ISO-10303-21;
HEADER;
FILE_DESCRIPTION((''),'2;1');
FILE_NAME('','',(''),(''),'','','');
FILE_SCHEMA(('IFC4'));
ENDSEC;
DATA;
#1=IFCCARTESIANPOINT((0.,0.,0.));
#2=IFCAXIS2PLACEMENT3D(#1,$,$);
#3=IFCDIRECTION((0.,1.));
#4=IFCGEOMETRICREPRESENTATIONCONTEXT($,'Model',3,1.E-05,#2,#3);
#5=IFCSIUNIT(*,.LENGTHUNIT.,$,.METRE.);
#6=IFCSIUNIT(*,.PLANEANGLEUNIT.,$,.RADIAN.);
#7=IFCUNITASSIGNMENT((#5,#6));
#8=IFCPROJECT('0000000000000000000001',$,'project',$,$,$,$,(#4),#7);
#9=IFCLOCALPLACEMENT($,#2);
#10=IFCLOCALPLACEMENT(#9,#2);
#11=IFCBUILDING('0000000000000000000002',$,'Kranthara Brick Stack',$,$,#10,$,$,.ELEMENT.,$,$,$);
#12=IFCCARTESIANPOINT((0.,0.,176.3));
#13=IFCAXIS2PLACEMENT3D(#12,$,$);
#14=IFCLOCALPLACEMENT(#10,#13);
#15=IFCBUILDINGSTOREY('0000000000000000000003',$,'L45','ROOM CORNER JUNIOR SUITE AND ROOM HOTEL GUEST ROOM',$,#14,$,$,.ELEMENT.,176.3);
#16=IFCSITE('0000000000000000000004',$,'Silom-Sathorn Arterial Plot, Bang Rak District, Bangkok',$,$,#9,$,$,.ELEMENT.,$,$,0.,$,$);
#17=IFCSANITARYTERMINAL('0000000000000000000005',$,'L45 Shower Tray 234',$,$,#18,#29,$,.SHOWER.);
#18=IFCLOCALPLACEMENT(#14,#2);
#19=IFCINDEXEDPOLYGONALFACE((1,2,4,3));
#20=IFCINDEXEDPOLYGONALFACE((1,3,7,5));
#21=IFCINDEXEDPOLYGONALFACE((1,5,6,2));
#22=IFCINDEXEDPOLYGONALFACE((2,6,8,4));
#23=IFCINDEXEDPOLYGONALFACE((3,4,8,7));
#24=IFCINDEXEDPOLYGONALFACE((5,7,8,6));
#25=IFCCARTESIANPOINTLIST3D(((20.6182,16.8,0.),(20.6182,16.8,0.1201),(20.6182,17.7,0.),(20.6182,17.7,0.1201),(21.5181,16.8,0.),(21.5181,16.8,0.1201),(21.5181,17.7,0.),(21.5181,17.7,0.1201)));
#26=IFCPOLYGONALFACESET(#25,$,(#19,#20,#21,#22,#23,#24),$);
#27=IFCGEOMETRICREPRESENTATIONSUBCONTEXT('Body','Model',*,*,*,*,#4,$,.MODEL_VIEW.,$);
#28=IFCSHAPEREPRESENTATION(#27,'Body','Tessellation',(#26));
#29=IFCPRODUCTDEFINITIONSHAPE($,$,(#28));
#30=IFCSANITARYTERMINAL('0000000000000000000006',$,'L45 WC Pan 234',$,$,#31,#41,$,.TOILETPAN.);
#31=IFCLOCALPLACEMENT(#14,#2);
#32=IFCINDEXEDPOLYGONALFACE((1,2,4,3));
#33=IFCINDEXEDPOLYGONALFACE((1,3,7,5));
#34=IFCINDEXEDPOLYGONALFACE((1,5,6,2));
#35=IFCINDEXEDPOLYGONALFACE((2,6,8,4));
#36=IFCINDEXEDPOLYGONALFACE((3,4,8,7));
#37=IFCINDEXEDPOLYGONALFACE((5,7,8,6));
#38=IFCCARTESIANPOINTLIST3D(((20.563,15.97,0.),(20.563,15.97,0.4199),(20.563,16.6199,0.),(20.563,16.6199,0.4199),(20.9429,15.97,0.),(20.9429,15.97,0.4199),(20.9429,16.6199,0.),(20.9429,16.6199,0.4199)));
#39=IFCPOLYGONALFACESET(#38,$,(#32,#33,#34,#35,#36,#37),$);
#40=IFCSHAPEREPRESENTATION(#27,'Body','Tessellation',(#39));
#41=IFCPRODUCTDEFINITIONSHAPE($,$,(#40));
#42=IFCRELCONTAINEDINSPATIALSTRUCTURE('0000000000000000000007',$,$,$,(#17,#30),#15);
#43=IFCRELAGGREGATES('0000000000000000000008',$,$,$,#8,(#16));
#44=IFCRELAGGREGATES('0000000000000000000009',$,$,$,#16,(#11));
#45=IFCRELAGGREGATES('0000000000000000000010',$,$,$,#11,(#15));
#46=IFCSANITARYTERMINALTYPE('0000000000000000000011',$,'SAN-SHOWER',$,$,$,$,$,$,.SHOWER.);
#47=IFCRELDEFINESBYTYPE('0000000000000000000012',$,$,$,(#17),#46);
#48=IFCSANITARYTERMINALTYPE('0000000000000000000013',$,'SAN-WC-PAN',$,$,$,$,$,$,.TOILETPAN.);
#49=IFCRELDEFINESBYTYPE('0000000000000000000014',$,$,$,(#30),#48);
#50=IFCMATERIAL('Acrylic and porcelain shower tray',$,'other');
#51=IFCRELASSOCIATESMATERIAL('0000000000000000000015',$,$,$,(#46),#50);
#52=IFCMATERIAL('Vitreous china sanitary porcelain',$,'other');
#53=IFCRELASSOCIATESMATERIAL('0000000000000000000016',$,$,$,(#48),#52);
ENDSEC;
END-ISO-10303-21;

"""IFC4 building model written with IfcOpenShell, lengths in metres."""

from ifc_helpers import new_model, si_unit, direction, frame, origin, origin_2d, place, context, subcontext, project, spatial, rectangle, extrude, material, type_object, element, save


model = new_model("IFC4")

# Units and contexts
model_context = context("Model", 3, precision=1e-05, world=origin(), true_north=direction((0.0, 1.0)))
body_context = subcontext(model_context, "Body", "Model", "MODEL_VIEW")
ifc_project = project(units=[si_unit("LENGTHUNIT", "METRE"), si_unit("PLANEANGLEUNIT", "RADIAN")], contexts=[model_context])

# Site, building, storey
site_placement = place(None, origin())
site = spatial("IfcSite", under=ifc_project, at=site_placement, Name="Silom-Sathorn Arterial Plot, Bang Rak District, Bangkok", CompositionType="ELEMENT", RefElevation=0.0)
building_placement = place(site_placement, origin())
building = spatial("IfcBuilding", under=site, at=building_placement, Name="Kranthara Brick Stack", CompositionType="ELEMENT")
storey_placement = place(building_placement, frame((0.0, 0.0, 176.3)))
storey = spatial("IfcBuildingStorey", under=building, at=storey_placement, Name="L45", Description="ROOM CORNER JUNIOR SUITE AND ROOM HOTEL GUEST ROOM", CompositionType="ELEMENT", Elevation=176.3)

# Sanitary terminals
ifc_material_1 = material(Name="Acrylic and porcelain shower tray", Category="other")
sanitary_terminal_type_1 = type_object("IfcSanitaryTerminalType", Name="SAN-SHOWER", PredefinedType="SHOWER", material=ifc_material_1)
sanitary_terminal_1_placement = place(storey_placement, frame((21.0681, 17.25, 0.0), z_axis=(0.0, 0.0, 1.0), x_axis=(1.0, 0.0, 0.0)))
element("IfcSanitaryTerminal", 1, at=sanitary_terminal_1_placement, inside=storey, type_object=sanitary_terminal_type_1, Name="L45 Shower Tray 234", PredefinedType="SHOWER", context=body_context, shape_type="SweptSolid", body=[
    extrude(rectangle(XDim=0.8999, YDim=0.8999, at=origin_2d()), origin(), (0.0, 0.0, 1.0), 0.1201),
])
ifc_material_2 = material(Name="Vitreous china sanitary porcelain", Category="other")
sanitary_terminal_type_2 = type_object("IfcSanitaryTerminalType", Name="SAN-WC-PAN", PredefinedType="TOILETPAN", material=ifc_material_2)
sanitary_terminal_2_placement = place(storey_placement, frame((20.7529, 16.2949, 0.0), z_axis=(0.0, 0.0, 1.0), x_axis=(1.0, 0.0, 0.0)))
element("IfcSanitaryTerminal", 2, at=sanitary_terminal_2_placement, inside=storey, type_object=sanitary_terminal_type_2, Name="L45 WC Pan 234", PredefinedType="TOILETPAN", context=body_context, shape_type="SweptSolid", body=[
    extrude(rectangle(XDim=0.3799, YDim=0.6499, at=origin_2d()), origin(), (0.0, 0.0, 1.0), 0.4199),
])

save(model, "model.ifc")
